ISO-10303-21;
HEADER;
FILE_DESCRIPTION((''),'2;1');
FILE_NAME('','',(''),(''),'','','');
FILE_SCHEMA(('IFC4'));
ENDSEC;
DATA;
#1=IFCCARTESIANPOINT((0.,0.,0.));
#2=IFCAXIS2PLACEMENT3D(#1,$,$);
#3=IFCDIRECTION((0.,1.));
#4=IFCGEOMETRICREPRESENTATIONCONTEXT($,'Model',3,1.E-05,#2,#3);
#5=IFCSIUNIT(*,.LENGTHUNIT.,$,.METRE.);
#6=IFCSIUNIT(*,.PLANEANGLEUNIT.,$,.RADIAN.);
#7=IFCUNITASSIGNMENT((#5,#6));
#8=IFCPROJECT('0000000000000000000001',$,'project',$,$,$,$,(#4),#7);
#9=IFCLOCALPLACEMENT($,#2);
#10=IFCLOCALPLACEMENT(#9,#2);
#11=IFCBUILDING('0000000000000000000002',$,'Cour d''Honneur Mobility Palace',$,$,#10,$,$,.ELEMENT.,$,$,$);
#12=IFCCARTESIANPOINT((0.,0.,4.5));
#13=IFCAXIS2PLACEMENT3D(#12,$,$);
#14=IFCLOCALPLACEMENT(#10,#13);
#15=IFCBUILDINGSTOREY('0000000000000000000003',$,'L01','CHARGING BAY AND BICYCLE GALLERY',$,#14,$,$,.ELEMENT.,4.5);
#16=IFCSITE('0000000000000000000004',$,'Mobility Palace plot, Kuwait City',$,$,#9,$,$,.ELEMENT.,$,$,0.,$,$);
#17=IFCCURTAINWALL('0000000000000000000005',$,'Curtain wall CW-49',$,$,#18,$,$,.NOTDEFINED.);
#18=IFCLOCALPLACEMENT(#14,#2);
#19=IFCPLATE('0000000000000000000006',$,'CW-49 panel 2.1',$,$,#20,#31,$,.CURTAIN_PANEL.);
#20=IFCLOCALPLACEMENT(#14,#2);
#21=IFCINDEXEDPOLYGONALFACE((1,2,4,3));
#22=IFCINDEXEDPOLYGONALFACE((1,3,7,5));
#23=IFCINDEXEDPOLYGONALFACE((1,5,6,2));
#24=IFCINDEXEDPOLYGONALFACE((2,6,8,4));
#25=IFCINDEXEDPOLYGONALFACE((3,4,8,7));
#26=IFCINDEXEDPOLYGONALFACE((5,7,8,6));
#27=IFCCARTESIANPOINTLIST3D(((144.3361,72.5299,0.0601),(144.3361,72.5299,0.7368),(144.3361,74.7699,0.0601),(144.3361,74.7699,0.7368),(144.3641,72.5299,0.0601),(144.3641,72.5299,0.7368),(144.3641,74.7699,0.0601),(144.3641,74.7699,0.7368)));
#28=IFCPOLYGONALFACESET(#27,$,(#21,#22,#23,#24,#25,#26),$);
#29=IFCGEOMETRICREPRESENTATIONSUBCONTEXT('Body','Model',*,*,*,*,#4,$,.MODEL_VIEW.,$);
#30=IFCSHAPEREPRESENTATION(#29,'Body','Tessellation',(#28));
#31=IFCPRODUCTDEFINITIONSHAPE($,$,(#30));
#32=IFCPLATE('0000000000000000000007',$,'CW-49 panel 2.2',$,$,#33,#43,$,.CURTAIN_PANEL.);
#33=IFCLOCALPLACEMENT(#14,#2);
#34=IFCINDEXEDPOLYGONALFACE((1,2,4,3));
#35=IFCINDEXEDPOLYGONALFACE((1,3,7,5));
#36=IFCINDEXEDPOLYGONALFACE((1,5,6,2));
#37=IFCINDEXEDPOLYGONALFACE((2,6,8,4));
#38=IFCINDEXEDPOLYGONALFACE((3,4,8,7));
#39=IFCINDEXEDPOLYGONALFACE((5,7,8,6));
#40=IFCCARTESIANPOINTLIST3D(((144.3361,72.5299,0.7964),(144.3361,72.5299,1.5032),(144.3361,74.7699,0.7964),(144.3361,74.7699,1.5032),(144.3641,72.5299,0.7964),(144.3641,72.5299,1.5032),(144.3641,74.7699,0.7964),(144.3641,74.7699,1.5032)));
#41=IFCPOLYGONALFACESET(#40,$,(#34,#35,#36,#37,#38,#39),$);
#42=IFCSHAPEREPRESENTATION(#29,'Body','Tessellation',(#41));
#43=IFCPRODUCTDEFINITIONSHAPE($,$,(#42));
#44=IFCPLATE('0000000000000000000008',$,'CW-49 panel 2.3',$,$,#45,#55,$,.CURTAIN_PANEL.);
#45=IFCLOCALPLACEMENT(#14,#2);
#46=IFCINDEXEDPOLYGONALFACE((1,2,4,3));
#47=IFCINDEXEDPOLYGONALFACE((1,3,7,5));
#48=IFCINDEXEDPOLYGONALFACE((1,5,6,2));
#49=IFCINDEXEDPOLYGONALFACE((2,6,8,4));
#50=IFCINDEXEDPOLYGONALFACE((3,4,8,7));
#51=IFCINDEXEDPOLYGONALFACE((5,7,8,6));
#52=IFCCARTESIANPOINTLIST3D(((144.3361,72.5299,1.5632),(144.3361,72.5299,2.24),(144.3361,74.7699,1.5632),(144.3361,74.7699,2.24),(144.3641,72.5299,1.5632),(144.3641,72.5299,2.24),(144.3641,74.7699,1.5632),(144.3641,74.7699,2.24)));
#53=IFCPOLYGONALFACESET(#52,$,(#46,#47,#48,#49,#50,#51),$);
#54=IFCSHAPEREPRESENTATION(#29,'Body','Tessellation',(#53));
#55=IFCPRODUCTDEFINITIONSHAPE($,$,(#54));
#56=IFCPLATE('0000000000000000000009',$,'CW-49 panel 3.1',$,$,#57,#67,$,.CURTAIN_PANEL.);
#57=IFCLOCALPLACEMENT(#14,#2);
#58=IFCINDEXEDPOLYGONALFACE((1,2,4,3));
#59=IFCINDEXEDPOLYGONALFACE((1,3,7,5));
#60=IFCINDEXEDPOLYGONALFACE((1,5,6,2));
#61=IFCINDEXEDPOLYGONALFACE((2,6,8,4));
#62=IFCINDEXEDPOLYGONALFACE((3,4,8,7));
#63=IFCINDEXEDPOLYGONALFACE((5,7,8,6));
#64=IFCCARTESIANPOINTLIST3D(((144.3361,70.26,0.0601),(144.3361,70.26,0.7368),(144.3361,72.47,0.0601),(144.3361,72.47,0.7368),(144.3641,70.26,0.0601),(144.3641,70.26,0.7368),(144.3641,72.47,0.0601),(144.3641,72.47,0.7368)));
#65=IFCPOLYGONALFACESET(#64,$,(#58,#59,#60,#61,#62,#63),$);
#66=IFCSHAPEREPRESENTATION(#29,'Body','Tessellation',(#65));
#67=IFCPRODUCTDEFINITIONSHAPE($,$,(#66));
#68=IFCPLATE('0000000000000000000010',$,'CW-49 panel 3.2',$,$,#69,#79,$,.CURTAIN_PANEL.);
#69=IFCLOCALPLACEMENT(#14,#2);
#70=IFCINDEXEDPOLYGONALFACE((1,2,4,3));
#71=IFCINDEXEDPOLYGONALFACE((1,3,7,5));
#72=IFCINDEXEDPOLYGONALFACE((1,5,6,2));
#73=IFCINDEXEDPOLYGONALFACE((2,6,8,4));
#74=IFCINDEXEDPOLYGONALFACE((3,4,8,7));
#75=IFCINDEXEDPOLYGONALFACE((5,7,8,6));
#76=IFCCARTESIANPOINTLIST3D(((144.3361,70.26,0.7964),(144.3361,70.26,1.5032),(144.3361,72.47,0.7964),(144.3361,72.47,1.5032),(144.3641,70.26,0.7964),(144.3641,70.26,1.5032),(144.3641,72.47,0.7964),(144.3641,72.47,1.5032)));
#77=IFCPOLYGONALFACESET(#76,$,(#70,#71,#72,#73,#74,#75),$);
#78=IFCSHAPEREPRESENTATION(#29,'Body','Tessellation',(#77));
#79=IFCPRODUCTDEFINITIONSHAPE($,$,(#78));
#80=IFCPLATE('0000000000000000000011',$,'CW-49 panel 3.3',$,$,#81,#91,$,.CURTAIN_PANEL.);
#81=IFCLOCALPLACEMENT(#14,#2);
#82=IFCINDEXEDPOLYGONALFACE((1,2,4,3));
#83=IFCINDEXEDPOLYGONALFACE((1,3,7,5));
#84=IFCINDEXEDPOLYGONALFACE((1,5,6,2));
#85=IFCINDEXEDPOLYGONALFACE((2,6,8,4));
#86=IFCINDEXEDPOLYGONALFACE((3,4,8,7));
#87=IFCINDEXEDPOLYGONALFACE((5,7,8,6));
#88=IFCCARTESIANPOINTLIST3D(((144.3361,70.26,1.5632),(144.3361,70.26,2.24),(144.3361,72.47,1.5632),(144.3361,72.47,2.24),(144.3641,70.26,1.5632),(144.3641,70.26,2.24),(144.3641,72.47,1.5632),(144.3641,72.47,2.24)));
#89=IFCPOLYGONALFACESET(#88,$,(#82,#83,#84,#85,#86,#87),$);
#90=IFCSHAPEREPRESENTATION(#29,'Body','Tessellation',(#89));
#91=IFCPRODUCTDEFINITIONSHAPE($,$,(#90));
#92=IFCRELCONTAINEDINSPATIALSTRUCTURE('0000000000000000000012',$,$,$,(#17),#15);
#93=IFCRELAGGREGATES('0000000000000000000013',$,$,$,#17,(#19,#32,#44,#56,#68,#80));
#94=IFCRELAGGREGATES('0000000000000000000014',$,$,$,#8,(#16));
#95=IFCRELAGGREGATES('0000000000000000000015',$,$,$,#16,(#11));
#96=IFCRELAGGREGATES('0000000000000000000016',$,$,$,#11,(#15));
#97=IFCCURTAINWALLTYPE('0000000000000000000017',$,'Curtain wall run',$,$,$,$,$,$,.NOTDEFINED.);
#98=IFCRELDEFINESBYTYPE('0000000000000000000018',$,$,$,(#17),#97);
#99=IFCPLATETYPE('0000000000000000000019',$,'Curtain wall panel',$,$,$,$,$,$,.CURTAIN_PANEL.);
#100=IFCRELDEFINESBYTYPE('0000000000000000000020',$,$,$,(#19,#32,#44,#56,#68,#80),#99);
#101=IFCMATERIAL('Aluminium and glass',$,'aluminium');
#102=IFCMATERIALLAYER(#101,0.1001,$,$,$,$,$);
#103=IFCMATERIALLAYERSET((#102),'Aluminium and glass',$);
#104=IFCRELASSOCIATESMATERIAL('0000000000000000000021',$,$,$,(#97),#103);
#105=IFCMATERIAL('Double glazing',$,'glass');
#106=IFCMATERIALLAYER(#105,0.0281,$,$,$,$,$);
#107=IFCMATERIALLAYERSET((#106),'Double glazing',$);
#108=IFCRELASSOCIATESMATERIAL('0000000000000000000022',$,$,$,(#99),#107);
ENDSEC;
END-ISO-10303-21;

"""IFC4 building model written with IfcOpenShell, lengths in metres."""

from ifc_helpers import new_model, si_unit, direction, frame, origin, origin_2d, place, context, subcontext, project, spatial, rectangle, extrude, material, layer, layer_set, type_object, element, aggregate, save


model = new_model("IFC4")

# Units and contexts
model_context = context("Model", 3, precision=1e-05, world=origin(), true_north=direction((0.0, 1.0)))
body_context = subcontext(model_context, "Body", "Model", "MODEL_VIEW")
ifc_project = project(units=[si_unit("LENGTHUNIT", "METRE"), si_unit("PLANEANGLEUNIT", "RADIAN")], contexts=[model_context])

# Site, building, storey
site_placement = place(None, origin())
site = spatial("IfcSite", under=ifc_project, at=site_placement, Name="Mobility Palace plot, Kuwait City", CompositionType="ELEMENT", RefElevation=0.0)
building_placement = place(site_placement, origin())
building = spatial("IfcBuilding", under=site, at=building_placement, Name="Cour d'Honneur Mobility Palace", CompositionType="ELEMENT")
storey_placement = place(building_placement, frame((0.0, 0.0, 4.5)))
storey = spatial("IfcBuildingStorey", under=building, at=storey_placement, Name="L01", Description="CHARGING BAY AND BICYCLE GALLERY", CompositionType="ELEMENT", Elevation=4.5)

# Curtain wall, plates
ifc_material_1 = material(Name="Aluminium and glass", Category="aluminium")
ifc_layer_1 = layer(ifc_material_1, 0.1001)
ifc_layer_set_1 = layer_set([ifc_layer_1], Name="Aluminium and glass")
curtain_wall_type = type_object("IfcCurtainWallType", Name="Curtain wall run", PredefinedType="NOTDEFINED", material=ifc_layer_set_1)
curtain_wall_placement = place(storey_placement, origin())
curtain_wall = element("IfcCurtainWall", 1, at=curtain_wall_placement, inside=storey, type_object=curtain_wall_type, Name="Curtain wall CW-49", PredefinedType="NOTDEFINED")
ifc_material_2 = material(Name="Double glazing", Category="glass")
ifc_layer_2 = layer(ifc_material_2, 0.0281)
ifc_layer_set_2 = layer_set([ifc_layer_2], Name="Double glazing")
plate_type = type_object("IfcPlateType", Name="Curtain wall panel", PredefinedType="CURTAIN_PANEL", material=ifc_layer_set_2)
plate_1_placement = place(storey_placement, frame((144.3501, 73.6499, 0.0601), z_axis=(0.0, 0.0, 1.0), x_axis=(0.0, -1.0, 0.0)))
plate_1 = element("IfcPlate", 2, at=plate_1_placement, type_object=plate_type, Name="CW-49 panel 2.1", PredefinedType="CURTAIN_PANEL", context=body_context, shape_type="SweptSolid", body=[
    extrude(rectangle(XDim=2.24, YDim=0.0281, at=origin_2d()), origin(), (0.0, 0.0, 1.0), 0.6768),
])
plate_2_placement = place(storey_placement, frame((144.3501, 73.6499, 0.7964), z_axis=(0.0, 0.0, 1.0), x_axis=(0.0, -1.0, 0.0)))
plate_2 = element("IfcPlate", 3, at=plate_2_placement, type_object=plate_type, Name="CW-49 panel 2.2", PredefinedType="CURTAIN_PANEL", context=body_context, shape_type="SweptSolid", body=[
    extrude(rectangle(XDim=2.24, YDim=0.0281, at=origin_2d()), origin(), (0.0, 0.0, 1.0), 0.7068),
])
plate_3_placement = place(storey_placement, frame((144.3501, 73.6499, 1.5632), z_axis=(0.0, 0.0, 1.0), x_axis=(0.0, -1.0, 0.0)))
plate_3 = element("IfcPlate", 4, at=plate_3_placement, type_object=plate_type, Name="CW-49 panel 2.3", PredefinedType="CURTAIN_PANEL", context=body_context, shape_type="SweptSolid", body=[
    extrude(rectangle(XDim=2.24, YDim=0.0281, at=origin_2d()), origin(), (0.0, 0.0, 1.0), 0.6768),
])
plate_4_placement = place(storey_placement, frame((144.3501, 71.365, 0.0601), z_axis=(0.0, 0.0, 1.0), x_axis=(0.0, -1.0, 0.0)))
plate_4 = element("IfcPlate", 5, at=plate_4_placement, type_object=plate_type, Name="CW-49 panel 3.1", PredefinedType="CURTAIN_PANEL", context=body_context, shape_type="SweptSolid", body=[
    extrude(rectangle(XDim=2.21, YDim=0.0281, at=origin_2d()), origin(), (0.0, 0.0, 1.0), 0.6768),
])
plate_5_placement = place(storey_placement, frame((144.3501, 71.365, 0.7964), z_axis=(0.0, 0.0, 1.0), x_axis=(0.0, -1.0, 0.0)))
plate_5 = element("IfcPlate", 6, at=plate_5_placement, type_object=plate_type, Name="CW-49 panel 3.2", PredefinedType="CURTAIN_PANEL", context=body_context, shape_type="SweptSolid", body=[
    extrude(rectangle(XDim=2.21, YDim=0.0281, at=origin_2d()), origin(), (0.0, 0.0, 1.0), 0.7068),
])
plate_6_placement = place(storey_placement, frame((144.3501, 71.365, 1.5632), z_axis=(0.0, 0.0, 1.0), x_axis=(0.0, -1.0, 0.0)))
plate_6 = element("IfcPlate", 7, at=plate_6_placement, type_object=plate_type, Name="CW-49 panel 3.3", PredefinedType="CURTAIN_PANEL", context=body_context, shape_type="SweptSolid", body=[
    extrude(rectangle(XDim=2.21, YDim=0.0281, at=origin_2d()), origin(), (0.0, 0.0, 1.0), 0.6768),
])
aggregate(curtain_wall, [plate_1, plate_2, plate_3, plate_4, plate_5, plate_6])

save(model, "model.ifc")
